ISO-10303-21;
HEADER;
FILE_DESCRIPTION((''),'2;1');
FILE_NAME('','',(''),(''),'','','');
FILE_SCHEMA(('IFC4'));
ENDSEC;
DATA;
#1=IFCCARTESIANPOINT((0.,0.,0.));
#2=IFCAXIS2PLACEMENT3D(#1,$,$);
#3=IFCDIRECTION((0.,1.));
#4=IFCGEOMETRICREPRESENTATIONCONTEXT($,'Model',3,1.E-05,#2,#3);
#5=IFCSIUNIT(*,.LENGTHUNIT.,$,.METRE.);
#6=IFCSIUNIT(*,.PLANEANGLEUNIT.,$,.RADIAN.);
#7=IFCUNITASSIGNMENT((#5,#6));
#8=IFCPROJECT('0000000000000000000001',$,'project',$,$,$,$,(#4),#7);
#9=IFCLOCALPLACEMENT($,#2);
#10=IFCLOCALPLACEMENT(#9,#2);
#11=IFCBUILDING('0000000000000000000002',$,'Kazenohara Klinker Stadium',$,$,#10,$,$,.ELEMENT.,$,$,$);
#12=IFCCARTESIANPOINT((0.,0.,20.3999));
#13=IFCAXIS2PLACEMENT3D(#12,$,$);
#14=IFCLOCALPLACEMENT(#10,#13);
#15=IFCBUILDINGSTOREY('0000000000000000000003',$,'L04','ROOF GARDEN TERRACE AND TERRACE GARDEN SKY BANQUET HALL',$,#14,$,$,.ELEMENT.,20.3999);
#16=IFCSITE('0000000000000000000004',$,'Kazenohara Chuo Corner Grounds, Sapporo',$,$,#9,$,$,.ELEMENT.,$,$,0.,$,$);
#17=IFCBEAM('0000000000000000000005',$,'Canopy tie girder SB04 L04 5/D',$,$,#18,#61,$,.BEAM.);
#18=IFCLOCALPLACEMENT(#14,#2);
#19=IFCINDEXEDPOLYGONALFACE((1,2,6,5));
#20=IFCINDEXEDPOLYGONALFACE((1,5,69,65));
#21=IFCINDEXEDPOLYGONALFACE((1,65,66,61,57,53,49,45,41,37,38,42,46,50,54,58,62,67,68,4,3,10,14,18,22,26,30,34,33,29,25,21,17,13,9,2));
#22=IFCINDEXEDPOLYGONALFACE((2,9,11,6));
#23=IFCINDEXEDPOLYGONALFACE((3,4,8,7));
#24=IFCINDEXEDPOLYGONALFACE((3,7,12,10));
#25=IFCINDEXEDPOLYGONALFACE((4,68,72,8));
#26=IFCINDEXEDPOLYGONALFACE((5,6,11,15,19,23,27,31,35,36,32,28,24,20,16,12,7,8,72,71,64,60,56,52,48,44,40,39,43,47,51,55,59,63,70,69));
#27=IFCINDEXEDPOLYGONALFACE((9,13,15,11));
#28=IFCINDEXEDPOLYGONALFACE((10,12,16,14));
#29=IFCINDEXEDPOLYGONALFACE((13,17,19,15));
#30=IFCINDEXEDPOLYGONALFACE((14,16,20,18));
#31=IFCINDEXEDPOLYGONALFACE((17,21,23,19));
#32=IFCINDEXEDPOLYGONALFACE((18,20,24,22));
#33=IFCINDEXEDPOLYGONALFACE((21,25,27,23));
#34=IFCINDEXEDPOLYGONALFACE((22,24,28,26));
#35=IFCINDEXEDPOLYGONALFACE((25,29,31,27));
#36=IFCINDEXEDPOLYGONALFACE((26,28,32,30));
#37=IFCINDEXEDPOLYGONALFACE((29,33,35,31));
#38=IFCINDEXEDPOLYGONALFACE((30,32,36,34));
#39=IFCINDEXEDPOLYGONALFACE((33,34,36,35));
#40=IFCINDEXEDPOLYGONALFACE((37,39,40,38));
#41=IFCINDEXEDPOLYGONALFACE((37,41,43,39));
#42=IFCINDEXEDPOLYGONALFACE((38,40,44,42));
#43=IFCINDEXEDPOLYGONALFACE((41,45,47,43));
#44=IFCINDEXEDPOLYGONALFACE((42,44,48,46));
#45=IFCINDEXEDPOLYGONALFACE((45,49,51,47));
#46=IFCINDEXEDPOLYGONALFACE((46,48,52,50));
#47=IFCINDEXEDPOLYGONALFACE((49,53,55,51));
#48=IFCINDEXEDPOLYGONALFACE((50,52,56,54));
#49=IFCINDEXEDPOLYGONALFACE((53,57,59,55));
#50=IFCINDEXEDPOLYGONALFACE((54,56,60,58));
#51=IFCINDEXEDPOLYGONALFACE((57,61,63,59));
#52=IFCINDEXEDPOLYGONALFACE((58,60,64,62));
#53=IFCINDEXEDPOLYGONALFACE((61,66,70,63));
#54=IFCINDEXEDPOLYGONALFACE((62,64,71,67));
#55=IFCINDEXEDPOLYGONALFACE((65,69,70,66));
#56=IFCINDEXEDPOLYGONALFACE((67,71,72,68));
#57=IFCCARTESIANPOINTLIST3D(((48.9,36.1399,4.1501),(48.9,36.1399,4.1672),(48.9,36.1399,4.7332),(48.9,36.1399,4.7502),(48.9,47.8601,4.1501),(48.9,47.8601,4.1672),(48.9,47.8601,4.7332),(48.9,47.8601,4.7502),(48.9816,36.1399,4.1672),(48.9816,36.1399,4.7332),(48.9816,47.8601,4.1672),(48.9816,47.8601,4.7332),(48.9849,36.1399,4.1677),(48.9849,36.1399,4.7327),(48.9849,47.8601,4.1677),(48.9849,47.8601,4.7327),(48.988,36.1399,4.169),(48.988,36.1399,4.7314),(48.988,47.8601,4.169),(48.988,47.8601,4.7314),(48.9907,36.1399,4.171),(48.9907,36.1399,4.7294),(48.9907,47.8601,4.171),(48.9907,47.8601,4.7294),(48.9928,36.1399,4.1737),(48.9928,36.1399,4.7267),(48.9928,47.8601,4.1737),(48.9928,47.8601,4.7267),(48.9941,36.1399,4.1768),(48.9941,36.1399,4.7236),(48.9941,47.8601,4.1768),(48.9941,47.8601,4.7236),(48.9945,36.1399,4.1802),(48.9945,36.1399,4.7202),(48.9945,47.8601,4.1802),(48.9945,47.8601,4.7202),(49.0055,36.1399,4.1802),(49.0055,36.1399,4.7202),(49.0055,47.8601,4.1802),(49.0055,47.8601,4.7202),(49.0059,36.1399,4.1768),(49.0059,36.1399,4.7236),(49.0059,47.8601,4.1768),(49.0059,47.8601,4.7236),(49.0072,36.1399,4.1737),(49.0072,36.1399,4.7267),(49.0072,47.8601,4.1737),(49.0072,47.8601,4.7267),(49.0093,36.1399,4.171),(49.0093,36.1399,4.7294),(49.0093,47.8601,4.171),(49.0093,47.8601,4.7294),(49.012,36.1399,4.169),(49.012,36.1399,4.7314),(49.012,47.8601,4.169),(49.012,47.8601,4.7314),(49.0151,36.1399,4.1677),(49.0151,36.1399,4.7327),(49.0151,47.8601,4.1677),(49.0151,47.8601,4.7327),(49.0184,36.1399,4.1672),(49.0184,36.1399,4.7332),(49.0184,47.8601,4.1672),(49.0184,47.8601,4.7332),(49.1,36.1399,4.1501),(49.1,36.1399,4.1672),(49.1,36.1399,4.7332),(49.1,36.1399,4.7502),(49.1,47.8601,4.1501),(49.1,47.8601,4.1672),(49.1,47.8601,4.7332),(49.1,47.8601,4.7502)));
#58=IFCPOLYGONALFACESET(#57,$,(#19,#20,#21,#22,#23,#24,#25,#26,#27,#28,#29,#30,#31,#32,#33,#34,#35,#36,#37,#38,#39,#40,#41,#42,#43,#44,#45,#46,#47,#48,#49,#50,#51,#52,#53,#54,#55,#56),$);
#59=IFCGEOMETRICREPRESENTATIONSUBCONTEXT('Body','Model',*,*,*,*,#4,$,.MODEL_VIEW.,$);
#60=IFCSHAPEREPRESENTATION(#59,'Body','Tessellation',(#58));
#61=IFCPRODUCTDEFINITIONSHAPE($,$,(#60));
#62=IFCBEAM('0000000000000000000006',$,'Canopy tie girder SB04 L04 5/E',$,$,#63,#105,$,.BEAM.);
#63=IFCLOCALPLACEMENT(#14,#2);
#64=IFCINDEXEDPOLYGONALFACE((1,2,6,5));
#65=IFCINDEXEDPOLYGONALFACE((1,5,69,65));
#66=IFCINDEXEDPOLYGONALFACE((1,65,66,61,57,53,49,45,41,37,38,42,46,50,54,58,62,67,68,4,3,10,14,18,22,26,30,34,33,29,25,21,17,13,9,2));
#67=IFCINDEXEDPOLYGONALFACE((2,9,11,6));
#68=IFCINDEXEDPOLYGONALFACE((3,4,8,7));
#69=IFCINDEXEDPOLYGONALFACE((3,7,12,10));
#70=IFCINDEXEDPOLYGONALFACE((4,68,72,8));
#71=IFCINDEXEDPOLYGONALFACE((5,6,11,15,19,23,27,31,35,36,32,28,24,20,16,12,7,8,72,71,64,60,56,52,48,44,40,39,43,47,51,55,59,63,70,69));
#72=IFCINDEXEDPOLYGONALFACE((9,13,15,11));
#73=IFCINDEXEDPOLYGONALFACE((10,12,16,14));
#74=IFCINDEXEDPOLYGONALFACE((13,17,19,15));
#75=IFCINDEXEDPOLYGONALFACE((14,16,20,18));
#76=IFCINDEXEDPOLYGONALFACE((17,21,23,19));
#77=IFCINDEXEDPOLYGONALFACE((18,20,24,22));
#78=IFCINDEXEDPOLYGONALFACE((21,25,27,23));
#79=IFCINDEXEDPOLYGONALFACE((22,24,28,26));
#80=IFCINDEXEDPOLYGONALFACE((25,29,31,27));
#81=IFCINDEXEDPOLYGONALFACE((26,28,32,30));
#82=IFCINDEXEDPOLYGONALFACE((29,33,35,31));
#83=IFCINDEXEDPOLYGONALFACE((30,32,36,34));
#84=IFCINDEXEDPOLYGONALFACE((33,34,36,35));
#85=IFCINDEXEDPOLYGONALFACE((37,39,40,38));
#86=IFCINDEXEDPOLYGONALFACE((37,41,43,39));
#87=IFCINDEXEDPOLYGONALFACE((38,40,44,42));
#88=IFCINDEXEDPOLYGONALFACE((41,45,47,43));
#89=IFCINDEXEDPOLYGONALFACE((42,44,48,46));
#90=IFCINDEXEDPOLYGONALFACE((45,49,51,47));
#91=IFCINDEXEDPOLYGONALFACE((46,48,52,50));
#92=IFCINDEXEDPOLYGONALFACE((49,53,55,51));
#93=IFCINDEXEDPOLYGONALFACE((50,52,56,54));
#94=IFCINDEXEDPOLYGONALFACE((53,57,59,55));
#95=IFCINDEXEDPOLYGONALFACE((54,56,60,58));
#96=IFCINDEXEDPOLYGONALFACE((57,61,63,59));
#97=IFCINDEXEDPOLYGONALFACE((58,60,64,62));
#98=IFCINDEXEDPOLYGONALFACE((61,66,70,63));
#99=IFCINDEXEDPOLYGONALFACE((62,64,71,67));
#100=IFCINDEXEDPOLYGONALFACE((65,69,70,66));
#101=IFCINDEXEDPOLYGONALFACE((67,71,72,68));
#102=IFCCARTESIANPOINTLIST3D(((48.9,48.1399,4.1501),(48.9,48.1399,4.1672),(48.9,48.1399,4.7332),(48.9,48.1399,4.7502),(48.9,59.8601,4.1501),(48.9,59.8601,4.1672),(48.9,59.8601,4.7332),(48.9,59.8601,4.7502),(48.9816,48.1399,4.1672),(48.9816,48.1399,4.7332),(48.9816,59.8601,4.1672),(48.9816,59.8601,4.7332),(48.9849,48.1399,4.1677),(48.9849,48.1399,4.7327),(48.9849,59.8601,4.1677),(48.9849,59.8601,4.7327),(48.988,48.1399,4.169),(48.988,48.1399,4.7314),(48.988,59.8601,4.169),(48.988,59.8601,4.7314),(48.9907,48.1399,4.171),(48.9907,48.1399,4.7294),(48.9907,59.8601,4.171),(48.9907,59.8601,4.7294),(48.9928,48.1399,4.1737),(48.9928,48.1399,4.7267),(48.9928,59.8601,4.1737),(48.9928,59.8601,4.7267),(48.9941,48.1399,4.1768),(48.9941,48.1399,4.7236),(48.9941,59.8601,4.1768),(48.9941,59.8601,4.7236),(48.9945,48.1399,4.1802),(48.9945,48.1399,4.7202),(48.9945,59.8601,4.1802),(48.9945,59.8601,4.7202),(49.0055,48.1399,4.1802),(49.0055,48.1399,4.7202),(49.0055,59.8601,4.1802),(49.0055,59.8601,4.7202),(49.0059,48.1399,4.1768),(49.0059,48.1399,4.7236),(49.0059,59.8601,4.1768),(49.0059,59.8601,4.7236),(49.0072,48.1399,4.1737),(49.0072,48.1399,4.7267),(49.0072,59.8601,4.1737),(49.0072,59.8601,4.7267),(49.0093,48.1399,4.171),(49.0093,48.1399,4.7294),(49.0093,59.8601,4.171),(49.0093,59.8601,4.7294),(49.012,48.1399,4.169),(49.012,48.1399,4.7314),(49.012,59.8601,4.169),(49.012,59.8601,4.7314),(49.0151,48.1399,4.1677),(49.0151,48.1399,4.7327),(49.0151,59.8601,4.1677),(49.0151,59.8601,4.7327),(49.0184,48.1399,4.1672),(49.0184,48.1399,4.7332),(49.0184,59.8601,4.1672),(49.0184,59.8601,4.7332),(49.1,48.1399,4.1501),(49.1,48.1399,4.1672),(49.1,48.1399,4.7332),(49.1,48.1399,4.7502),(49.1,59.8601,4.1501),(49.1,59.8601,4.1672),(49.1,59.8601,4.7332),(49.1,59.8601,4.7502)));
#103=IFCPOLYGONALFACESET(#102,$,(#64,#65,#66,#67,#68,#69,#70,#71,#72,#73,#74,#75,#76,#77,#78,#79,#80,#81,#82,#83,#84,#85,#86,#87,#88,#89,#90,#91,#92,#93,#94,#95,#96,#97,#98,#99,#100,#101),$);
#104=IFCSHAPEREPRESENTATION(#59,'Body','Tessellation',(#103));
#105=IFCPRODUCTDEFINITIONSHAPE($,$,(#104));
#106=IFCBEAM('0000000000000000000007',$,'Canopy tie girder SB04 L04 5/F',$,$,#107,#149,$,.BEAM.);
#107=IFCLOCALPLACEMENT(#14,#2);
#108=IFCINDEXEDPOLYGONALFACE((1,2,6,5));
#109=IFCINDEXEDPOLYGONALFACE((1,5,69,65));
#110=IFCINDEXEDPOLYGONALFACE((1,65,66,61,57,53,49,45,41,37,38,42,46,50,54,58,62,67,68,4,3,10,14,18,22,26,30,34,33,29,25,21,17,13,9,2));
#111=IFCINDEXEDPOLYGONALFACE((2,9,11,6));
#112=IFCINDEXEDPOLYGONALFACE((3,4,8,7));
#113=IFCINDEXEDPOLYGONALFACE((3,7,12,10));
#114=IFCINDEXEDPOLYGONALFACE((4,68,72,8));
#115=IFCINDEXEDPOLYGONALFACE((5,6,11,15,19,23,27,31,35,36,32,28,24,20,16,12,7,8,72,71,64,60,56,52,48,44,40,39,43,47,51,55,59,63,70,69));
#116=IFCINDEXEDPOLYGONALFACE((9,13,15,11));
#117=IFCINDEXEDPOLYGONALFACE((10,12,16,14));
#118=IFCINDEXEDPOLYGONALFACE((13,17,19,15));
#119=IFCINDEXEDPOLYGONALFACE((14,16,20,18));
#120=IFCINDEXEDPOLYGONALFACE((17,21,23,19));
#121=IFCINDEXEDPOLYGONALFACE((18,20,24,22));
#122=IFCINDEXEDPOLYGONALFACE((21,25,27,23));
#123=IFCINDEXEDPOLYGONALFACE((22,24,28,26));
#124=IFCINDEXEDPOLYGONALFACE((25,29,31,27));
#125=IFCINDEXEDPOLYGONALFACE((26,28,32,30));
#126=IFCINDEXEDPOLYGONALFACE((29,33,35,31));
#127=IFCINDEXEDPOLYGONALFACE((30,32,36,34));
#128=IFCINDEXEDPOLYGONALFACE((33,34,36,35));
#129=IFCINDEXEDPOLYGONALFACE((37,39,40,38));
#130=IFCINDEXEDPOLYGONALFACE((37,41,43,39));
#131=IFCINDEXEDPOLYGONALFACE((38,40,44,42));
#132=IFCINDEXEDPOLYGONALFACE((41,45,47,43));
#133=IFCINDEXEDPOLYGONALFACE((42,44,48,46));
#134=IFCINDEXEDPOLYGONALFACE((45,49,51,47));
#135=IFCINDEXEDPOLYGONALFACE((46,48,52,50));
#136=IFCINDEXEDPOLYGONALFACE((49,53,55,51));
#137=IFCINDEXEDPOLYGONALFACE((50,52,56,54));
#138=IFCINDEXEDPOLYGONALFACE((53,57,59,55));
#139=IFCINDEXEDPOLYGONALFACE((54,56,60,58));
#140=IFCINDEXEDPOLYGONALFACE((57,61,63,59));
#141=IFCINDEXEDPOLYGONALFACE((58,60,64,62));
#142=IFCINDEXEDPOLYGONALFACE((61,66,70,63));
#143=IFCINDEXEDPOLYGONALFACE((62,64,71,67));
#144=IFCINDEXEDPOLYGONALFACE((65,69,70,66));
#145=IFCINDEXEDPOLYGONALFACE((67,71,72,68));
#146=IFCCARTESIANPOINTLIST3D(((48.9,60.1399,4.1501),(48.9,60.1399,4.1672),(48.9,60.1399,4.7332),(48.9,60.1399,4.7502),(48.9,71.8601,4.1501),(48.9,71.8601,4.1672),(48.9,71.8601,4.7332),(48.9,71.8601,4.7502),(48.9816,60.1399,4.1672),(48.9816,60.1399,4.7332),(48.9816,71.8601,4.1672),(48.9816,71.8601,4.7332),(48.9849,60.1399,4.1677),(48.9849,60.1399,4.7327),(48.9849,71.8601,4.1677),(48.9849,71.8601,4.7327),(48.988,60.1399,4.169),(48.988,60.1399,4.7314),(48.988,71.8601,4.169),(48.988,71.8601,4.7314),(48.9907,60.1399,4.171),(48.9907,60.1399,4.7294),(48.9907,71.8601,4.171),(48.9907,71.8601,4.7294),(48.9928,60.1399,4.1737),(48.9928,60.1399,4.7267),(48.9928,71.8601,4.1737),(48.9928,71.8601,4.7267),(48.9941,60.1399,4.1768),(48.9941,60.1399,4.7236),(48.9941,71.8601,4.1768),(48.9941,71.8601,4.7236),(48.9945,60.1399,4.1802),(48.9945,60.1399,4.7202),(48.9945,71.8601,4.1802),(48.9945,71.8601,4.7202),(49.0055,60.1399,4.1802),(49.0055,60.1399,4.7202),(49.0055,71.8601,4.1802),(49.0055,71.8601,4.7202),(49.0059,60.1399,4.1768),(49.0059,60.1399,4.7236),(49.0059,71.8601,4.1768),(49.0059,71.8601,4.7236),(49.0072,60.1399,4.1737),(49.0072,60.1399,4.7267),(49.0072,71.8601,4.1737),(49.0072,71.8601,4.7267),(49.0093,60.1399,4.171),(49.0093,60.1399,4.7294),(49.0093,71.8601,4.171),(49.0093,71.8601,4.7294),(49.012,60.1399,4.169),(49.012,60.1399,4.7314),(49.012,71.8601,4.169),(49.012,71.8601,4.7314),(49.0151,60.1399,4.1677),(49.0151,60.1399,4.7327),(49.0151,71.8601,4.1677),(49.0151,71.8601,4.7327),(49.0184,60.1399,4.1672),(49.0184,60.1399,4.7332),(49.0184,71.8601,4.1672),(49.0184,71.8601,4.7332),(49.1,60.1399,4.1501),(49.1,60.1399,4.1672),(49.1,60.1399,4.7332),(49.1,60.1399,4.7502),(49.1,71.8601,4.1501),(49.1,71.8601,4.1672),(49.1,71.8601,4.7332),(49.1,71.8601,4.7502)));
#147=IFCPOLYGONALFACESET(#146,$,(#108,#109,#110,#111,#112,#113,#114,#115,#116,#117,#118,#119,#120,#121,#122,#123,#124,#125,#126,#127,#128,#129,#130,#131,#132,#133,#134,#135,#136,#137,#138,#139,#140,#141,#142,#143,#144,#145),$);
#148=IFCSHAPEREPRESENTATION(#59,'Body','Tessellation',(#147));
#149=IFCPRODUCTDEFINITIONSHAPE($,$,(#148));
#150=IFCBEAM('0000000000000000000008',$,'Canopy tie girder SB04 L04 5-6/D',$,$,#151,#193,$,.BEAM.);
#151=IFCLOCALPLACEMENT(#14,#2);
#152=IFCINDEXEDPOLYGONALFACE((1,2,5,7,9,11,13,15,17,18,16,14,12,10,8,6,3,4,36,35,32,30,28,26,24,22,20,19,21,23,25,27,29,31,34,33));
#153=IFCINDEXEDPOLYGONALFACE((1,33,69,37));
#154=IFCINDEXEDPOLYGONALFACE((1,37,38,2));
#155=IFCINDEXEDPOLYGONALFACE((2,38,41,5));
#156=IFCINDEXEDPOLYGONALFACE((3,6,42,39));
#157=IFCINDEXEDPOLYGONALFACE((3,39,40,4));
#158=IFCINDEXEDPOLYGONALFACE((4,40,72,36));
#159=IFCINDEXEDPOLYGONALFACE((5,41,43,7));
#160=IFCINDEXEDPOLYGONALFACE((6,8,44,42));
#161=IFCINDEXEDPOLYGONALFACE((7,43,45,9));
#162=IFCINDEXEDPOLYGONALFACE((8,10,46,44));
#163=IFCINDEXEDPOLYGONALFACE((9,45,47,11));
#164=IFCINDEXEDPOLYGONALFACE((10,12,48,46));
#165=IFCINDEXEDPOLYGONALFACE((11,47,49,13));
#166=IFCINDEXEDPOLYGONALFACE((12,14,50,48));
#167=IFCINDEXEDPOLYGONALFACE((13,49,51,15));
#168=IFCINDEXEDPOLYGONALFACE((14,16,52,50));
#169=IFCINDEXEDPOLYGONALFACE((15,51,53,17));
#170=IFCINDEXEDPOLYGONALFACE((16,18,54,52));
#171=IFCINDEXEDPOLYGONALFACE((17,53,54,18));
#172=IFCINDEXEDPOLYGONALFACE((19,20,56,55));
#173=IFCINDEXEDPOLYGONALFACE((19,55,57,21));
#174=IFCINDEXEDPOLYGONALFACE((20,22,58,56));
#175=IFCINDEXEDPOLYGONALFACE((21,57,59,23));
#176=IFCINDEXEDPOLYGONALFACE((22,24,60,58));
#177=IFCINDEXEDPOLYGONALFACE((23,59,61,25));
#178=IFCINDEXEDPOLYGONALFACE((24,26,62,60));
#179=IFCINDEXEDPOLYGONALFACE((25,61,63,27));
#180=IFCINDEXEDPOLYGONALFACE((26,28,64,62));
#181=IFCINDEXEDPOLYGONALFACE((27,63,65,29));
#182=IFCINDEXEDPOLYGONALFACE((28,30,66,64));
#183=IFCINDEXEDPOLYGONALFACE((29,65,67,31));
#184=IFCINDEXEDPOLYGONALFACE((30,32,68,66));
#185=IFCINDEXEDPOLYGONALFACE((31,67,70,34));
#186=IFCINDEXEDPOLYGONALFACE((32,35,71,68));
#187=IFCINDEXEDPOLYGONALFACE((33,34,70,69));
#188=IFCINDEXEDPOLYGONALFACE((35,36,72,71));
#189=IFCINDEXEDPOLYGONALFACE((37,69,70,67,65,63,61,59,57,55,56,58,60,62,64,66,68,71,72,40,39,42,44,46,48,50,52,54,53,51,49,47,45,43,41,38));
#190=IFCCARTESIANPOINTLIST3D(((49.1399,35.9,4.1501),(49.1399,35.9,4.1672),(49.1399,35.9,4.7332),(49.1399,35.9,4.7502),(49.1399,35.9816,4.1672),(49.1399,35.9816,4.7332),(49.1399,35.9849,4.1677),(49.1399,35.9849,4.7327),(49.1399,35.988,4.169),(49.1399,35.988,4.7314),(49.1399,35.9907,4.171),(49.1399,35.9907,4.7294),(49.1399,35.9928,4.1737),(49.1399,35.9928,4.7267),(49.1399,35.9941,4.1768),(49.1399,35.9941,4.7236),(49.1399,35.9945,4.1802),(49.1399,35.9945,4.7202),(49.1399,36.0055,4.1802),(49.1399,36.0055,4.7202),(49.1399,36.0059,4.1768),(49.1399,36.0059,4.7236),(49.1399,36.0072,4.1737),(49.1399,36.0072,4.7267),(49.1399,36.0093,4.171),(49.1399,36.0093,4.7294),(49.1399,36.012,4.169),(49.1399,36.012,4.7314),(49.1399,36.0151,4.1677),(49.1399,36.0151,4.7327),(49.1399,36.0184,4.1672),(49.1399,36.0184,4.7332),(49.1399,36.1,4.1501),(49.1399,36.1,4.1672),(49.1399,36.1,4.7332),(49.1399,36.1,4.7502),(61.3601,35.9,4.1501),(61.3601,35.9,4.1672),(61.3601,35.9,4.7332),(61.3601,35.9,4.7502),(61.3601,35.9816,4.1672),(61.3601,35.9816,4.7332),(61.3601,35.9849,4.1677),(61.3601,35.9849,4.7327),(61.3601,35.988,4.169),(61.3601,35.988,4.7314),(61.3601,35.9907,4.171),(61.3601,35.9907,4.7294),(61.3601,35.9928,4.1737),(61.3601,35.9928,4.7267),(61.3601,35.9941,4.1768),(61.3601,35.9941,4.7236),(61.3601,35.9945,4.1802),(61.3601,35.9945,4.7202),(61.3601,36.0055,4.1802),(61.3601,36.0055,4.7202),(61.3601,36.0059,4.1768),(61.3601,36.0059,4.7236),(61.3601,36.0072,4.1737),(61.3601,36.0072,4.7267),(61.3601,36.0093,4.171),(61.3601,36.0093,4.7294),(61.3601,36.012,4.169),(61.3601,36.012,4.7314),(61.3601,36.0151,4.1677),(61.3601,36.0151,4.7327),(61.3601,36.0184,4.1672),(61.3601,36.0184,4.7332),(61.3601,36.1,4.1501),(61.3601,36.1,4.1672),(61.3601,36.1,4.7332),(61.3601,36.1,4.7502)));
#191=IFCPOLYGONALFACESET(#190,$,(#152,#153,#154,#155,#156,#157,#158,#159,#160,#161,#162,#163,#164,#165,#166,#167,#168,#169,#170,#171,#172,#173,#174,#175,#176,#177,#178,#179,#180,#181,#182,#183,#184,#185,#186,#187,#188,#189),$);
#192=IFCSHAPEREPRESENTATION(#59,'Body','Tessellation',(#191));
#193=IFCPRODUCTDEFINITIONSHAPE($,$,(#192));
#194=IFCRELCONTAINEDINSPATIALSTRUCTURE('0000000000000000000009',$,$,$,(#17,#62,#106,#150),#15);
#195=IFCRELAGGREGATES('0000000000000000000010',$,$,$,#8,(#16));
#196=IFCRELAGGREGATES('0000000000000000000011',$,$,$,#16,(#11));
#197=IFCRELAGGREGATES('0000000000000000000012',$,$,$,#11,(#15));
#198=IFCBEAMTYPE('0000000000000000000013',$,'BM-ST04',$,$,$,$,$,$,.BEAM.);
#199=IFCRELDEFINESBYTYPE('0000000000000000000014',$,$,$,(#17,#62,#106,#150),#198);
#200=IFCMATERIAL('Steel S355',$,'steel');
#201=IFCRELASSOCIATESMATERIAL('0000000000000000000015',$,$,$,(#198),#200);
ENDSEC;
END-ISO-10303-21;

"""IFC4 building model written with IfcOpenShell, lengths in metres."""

from ifc_helpers import new_model, si_unit, direction, frame, origin, origin_2d, place, context, subcontext, project, spatial, i_section, extrude, material, material_profile, profile_set, type_object, element, save


model = new_model("IFC4")

# Units and contexts
model_context = context("Model", 3, precision=1e-05, world=origin(), true_north=direction((0.0, 1.0)))
body_context = subcontext(model_context, "Body", "Model", "MODEL_VIEW")
ifc_project = project(units=[si_unit("LENGTHUNIT", "METRE"), si_unit("PLANEANGLEUNIT", "RADIAN")], contexts=[model_context])

# Site, building, storey
site_placement = place(None, origin())
site = spatial("IfcSite", under=ifc_project, at=site_placement, Name="Kazenohara Chuo Corner Grounds, Sapporo", CompositionType="ELEMENT", RefElevation=0.0)
building_placement = place(site_placement, origin())
building = spatial("IfcBuilding", under=site, at=building_placement, Name="Kazenohara Klinker Stadium", CompositionType="ELEMENT")
storey_placement = place(building_placement, frame((0.0, 0.0, 20.3999)))
storey = spatial("IfcBuildingStorey", under=building, at=storey_placement, Name="L04", Description="ROOF GARDEN TERRACE AND TERRACE GARDEN SKY BANQUET HALL", CompositionType="ELEMENT", Elevation=20.3999)

# Shared definitions
ifc_material_1 = material(Name="Steel S355", Category="steel")

# Beams
ifc_material_profile_1 = material_profile(ifc_material_1, i_section(OverallWidth=0.2, OverallDepth=0.6001, WebThickness=0.011, FlangeThickness=0.0171, FilletRadius=0.0129, at=origin_2d()), Name="H-600x200x11x17")
ifc_profile_set_1 = profile_set([ifc_material_profile_1], Name="Steel S355")
beam_type_1 = type_object("IfcBeamType", Name="BM-ST04", PredefinedType="BEAM", material=ifc_profile_set_1)
for number, where, z_axis, x_axis, name in (
    (1, (49.0, 36.1399, 4.4502), (0.0, 1.0, 0.0), (-1.0, 0.0, 0.0), "Canopy tie girder SB04 L04 5/D"),
    (2, (49.0, 48.1399, 4.4502), (0.0, 1.0, 0.0), (-1.0, 0.0, 0.0), "Canopy tie girder SB04 L04 5/E"),
    (3, (49.0, 60.1399, 4.4502), (0.0, 1.0, 0.0), (-1.0, 0.0, 0.0), "Canopy tie girder SB04 L04 5/F"),
):
    element("IfcBeam", number, at=place(storey_placement, frame(where, z_axis=z_axis, x_axis=x_axis)), inside=storey, type_object=beam_type_1, Name=name, PredefinedType="BEAM", context=body_context, shape_type="SweptSolid", body=[
        extrude(i_section(OverallWidth=0.2, OverallDepth=0.6001, WebThickness=0.011, FlangeThickness=0.0171, FilletRadius=0.0129, at=origin_2d()), origin(), (0.0, 0.0, 1.0), 11.7202),
    ])
for number, where, z_axis, x_axis, name in (
    (4, (49.1399, 36.0, 4.4502), (1.0, 0.0, 0.0), (0.0, 1.0, 0.0), "Canopy tie girder SB04 L04 5-6/D"),
):
    element("IfcBeam", number, at=place(storey_placement, frame(where, z_axis=z_axis, x_axis=x_axis)), inside=storey, type_object=beam_type_1, Name=name, PredefinedType="BEAM", context=body_context, shape_type="SweptSolid", body=[
        extrude(i_section(OverallWidth=0.2, OverallDepth=0.6001, WebThickness=0.011, FlangeThickness=0.0171, FilletRadius=0.0129, at=origin_2d()), origin(), (0.0, 0.0, 1.0), 12.2202),
    ])

save(model, "model.ifc")
